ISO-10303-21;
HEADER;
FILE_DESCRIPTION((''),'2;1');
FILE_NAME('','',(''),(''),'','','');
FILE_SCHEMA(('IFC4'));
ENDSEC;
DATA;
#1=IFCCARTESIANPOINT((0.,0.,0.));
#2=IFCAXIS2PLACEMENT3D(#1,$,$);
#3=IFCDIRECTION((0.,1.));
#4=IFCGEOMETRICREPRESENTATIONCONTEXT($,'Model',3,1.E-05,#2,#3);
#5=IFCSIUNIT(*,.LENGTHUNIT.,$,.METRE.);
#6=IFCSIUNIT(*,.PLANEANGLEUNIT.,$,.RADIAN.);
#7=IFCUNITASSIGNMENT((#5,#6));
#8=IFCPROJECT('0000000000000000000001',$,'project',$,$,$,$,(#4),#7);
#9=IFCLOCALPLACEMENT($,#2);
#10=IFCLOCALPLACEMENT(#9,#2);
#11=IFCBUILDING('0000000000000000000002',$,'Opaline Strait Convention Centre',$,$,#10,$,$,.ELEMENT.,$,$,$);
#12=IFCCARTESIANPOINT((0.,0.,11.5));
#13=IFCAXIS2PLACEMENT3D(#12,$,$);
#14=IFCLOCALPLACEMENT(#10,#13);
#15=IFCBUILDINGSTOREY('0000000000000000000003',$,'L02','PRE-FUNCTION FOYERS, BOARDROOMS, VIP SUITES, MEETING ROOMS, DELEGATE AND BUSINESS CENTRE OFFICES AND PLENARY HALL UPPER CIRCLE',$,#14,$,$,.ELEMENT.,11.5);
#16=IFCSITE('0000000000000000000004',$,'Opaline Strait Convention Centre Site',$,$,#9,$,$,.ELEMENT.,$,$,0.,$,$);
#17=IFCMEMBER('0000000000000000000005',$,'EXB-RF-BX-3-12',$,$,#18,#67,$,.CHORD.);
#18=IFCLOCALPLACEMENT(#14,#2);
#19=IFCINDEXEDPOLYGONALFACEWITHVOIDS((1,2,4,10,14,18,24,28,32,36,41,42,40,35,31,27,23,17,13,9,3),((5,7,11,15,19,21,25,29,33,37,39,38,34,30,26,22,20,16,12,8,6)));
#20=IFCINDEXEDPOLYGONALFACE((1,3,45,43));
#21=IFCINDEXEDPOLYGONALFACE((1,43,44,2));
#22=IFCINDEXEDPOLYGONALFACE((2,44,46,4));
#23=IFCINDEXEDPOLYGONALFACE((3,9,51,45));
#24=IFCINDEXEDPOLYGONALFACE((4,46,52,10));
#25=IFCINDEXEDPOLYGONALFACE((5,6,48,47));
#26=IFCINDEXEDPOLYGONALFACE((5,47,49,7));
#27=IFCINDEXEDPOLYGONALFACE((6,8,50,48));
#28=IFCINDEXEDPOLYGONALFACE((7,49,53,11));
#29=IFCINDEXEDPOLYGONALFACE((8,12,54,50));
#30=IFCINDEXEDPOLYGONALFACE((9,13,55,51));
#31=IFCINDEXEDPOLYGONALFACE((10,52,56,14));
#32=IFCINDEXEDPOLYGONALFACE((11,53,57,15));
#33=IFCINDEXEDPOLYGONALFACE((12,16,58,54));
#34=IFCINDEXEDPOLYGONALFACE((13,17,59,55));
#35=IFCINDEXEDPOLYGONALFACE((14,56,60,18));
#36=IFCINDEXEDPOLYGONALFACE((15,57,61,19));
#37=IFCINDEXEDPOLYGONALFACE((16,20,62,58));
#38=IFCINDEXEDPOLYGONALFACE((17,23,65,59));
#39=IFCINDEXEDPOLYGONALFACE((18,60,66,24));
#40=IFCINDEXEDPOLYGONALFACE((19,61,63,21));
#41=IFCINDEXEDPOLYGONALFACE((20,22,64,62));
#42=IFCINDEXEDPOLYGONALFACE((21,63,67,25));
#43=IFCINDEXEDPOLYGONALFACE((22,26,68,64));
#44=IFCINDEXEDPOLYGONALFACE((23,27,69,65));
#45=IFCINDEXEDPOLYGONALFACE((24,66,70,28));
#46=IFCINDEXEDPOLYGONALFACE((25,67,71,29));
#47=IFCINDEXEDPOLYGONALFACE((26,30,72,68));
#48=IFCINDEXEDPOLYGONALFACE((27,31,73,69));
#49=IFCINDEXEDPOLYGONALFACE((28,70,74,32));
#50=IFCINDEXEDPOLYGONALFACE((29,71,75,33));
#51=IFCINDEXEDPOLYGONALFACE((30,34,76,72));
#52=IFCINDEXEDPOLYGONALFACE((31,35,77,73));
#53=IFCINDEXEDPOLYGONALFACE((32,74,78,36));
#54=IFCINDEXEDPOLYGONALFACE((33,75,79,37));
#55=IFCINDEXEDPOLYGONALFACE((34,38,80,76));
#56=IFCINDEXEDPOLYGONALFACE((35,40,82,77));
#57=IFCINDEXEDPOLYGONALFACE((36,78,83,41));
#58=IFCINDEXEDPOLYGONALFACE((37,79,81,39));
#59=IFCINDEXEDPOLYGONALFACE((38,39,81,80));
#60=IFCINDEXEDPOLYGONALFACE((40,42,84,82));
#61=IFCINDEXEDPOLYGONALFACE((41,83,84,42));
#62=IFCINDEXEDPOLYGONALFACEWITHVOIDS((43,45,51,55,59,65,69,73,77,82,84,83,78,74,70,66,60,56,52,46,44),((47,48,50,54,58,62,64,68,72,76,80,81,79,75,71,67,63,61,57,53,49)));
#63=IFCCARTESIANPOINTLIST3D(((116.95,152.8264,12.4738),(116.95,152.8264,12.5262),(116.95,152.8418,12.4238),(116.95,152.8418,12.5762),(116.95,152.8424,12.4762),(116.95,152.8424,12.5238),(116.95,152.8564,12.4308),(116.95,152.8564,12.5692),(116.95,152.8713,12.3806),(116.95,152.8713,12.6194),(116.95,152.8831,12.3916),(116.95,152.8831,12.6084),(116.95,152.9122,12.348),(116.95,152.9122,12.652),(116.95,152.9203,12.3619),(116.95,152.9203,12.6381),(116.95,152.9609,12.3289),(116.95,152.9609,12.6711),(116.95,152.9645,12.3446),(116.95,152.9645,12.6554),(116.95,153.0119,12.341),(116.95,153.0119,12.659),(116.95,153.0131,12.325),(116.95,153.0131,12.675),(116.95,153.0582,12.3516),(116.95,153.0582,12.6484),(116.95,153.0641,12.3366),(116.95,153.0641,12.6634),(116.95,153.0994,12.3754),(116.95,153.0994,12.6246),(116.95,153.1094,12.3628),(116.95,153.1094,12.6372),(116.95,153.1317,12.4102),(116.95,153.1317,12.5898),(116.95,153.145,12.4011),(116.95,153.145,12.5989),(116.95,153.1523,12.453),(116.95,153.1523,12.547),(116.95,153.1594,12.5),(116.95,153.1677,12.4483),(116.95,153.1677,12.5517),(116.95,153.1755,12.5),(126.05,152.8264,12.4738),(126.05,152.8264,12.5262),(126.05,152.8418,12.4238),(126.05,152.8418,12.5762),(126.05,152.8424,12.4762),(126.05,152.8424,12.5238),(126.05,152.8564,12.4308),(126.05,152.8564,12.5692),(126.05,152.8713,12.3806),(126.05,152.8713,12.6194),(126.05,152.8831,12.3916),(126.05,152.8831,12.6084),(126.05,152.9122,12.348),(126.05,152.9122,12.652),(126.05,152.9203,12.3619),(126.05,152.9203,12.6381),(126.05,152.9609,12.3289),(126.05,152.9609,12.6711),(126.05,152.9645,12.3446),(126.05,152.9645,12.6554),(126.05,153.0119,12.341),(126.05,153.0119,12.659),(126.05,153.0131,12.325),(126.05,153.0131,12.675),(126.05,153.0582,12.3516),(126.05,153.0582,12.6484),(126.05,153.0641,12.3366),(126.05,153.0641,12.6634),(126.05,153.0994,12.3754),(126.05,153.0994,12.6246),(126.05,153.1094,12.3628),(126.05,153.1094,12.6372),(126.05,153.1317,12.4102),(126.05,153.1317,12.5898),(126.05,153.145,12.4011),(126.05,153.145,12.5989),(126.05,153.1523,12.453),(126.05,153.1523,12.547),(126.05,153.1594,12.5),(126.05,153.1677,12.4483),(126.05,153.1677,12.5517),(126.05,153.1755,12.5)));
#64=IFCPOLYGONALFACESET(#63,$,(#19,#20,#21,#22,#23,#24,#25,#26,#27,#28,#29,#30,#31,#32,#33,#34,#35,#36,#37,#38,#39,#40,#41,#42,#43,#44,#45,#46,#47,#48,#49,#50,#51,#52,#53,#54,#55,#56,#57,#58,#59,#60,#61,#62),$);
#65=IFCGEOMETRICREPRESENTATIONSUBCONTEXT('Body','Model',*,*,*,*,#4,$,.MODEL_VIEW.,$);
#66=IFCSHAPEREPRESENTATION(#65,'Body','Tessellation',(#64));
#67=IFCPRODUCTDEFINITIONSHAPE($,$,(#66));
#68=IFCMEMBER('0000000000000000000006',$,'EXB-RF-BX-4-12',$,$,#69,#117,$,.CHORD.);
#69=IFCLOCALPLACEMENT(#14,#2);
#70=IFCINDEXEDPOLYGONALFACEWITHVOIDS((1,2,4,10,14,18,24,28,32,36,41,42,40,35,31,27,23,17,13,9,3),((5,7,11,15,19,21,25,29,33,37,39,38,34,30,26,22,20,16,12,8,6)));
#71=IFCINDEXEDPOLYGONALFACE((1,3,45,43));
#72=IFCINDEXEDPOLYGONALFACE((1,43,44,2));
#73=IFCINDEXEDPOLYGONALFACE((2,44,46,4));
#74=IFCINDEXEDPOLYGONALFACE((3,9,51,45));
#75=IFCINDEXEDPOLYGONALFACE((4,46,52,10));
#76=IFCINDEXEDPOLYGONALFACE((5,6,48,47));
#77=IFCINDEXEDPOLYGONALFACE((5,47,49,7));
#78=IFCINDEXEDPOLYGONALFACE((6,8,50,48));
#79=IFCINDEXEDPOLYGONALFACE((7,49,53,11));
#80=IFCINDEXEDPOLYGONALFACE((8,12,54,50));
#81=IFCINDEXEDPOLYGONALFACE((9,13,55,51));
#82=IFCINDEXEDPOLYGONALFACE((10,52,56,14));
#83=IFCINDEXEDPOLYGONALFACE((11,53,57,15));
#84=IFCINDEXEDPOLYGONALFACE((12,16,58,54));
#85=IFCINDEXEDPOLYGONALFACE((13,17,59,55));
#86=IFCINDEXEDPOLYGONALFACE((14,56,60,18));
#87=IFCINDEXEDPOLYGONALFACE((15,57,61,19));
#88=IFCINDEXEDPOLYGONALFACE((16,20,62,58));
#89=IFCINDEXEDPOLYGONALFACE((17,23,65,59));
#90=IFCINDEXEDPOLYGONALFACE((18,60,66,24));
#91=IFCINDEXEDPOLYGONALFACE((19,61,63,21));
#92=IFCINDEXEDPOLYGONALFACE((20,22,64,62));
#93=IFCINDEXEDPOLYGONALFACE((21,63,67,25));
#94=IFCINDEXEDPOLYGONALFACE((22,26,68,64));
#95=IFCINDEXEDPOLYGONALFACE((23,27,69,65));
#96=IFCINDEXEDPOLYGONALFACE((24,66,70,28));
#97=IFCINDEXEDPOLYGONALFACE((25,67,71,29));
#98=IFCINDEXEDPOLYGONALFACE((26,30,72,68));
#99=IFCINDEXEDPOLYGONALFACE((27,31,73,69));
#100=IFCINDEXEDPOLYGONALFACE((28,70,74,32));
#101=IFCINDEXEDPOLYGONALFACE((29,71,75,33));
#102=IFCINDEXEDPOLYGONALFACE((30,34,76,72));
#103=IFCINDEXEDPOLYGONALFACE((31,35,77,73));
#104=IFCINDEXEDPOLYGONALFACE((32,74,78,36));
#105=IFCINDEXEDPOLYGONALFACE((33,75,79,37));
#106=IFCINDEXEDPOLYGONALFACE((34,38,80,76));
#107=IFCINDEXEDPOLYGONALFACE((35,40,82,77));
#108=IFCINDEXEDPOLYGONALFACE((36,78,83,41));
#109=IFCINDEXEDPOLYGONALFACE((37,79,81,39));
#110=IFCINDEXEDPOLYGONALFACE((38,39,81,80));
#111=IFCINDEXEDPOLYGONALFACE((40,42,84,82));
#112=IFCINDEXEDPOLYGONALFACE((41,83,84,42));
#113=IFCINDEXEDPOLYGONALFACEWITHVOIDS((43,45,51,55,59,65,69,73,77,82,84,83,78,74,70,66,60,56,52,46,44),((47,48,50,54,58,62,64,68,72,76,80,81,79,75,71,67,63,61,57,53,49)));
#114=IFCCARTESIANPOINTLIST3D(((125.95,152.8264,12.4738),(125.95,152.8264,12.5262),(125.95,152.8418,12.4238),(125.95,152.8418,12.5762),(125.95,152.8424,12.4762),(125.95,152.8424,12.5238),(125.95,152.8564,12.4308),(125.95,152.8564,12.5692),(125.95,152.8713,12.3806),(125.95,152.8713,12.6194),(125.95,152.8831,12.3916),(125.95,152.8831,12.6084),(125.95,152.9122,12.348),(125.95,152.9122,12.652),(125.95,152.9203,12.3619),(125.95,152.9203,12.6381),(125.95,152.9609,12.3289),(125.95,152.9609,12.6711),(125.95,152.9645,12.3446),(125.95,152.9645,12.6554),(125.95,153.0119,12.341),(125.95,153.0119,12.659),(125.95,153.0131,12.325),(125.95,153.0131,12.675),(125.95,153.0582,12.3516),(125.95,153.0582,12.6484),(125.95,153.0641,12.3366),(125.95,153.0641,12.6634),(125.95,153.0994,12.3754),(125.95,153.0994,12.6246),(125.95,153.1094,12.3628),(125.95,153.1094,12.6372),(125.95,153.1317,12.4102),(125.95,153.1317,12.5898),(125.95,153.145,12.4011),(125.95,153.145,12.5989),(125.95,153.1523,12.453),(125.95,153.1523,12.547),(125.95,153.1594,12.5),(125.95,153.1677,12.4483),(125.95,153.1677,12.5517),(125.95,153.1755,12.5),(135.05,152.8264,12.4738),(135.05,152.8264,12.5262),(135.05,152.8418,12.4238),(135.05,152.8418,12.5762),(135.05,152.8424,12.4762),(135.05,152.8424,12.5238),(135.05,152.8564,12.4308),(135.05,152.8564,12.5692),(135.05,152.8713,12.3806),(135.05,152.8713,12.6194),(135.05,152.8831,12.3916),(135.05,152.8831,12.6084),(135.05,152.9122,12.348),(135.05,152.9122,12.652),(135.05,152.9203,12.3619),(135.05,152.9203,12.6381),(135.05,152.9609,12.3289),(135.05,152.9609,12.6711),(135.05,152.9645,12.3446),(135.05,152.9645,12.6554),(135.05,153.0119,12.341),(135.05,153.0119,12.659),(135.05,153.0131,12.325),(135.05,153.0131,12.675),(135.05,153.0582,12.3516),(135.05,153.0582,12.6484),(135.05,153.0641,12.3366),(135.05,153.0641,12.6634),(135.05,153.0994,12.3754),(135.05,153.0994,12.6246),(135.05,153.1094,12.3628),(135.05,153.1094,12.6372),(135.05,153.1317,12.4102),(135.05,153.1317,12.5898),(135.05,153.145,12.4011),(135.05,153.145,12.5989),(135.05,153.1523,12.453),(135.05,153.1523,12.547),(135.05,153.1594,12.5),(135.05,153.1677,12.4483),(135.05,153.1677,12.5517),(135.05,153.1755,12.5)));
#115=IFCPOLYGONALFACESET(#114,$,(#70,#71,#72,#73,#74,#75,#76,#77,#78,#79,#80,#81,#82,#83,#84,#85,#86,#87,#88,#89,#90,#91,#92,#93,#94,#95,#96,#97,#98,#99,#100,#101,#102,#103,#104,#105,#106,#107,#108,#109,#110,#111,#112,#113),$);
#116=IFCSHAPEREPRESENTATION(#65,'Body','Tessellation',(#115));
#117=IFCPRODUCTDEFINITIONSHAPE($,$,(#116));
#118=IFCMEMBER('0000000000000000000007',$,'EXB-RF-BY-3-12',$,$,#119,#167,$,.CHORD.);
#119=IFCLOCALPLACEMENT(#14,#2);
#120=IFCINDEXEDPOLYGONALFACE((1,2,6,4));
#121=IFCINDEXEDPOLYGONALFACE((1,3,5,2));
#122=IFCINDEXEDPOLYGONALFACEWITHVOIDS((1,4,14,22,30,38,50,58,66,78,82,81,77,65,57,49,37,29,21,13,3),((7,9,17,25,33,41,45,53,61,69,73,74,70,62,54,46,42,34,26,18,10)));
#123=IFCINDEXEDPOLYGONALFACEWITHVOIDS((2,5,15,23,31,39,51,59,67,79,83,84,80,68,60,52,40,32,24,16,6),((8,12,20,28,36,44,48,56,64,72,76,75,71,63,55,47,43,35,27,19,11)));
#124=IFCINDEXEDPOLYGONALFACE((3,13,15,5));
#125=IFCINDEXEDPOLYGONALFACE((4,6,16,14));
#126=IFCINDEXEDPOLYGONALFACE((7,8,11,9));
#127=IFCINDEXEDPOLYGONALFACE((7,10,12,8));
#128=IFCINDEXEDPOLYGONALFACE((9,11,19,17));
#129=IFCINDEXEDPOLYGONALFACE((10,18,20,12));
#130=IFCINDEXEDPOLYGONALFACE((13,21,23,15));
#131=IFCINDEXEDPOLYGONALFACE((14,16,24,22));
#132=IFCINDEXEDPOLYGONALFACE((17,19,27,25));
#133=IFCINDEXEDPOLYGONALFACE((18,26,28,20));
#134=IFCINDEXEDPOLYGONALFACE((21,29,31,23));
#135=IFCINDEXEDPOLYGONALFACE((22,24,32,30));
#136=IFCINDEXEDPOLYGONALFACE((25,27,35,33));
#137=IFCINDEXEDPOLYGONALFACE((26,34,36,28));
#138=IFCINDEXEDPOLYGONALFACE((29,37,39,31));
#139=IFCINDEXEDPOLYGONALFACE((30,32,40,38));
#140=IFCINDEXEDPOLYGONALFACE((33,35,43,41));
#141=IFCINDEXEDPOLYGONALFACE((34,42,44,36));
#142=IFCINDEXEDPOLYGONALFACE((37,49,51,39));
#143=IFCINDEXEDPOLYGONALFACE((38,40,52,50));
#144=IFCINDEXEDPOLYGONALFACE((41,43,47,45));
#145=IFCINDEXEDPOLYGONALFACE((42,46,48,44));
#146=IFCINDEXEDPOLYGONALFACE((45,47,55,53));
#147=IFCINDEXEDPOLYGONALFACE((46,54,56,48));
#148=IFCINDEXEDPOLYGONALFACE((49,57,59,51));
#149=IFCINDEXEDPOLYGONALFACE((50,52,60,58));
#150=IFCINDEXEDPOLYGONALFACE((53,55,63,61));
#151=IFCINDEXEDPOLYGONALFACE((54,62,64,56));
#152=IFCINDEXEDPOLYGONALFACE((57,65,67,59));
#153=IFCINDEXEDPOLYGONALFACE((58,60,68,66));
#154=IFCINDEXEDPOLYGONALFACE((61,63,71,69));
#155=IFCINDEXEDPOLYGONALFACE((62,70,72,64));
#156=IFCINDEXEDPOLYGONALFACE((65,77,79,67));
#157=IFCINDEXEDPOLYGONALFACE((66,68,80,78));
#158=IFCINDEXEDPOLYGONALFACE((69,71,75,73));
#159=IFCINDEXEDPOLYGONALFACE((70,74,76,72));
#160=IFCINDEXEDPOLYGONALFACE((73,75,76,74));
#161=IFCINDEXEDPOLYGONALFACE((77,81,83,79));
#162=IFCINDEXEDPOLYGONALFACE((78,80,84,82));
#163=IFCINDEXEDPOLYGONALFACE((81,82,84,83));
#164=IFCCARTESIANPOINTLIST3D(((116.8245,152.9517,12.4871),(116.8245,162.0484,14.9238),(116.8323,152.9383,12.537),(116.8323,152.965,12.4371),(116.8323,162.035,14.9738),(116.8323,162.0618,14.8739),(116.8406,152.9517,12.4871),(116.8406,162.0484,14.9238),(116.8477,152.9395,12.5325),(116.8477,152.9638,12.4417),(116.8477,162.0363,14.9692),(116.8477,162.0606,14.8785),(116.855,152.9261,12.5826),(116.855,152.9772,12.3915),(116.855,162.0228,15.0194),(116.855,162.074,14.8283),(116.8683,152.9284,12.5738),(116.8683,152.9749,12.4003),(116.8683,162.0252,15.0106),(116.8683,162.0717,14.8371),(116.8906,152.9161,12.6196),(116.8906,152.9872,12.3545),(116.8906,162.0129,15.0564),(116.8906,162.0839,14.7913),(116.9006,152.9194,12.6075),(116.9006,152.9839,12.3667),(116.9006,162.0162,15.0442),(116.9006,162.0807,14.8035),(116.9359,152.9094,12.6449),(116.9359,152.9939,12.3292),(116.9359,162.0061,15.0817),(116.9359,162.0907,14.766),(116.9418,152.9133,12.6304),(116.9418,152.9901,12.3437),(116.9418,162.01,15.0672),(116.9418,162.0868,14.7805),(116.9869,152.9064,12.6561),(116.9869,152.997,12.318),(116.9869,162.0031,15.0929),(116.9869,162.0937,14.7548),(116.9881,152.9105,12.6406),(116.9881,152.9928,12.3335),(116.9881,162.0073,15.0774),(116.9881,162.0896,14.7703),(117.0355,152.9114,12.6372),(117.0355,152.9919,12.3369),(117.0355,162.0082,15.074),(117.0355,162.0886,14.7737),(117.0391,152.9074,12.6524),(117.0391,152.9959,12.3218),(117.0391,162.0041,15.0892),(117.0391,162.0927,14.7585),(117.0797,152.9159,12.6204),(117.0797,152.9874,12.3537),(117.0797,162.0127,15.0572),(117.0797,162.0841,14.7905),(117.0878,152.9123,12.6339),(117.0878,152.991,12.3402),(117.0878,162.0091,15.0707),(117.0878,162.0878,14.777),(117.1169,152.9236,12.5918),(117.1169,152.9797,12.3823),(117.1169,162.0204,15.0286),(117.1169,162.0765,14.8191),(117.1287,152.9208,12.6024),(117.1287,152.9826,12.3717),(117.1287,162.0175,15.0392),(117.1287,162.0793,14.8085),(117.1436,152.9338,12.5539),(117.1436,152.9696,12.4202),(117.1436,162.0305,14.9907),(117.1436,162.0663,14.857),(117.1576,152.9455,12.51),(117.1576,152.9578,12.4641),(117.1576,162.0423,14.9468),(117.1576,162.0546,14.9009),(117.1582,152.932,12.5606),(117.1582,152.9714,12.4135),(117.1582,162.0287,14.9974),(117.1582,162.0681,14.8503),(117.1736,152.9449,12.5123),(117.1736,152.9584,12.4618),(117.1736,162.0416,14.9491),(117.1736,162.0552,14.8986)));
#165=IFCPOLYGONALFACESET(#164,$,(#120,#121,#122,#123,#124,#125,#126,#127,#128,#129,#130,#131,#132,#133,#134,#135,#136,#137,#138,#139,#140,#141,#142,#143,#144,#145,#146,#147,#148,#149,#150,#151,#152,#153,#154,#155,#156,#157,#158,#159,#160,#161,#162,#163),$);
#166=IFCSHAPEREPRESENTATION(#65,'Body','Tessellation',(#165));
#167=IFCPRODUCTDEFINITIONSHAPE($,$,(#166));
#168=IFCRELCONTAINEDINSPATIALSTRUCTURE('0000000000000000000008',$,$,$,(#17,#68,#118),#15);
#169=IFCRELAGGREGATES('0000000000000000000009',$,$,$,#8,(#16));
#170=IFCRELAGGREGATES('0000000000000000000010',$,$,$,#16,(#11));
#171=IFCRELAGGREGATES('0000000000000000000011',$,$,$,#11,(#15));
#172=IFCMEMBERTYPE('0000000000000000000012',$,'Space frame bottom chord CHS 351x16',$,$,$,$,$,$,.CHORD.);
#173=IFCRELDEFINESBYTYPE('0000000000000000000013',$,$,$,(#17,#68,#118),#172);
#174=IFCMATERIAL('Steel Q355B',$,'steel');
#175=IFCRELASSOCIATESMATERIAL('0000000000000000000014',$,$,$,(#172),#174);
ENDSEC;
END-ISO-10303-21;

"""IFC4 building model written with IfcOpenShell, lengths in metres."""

from ifc_helpers import new_model, si_unit, direction, frame, origin, origin_2d, place, context, subcontext, project, spatial, hollow_circle, extrude, material, material_profile, profile_set, type_object, element, save


model = new_model("IFC4")

# Units and contexts
model_context = context("Model", 3, precision=1e-05, world=origin(), true_north=direction((0.0, 1.0)))
body_context = subcontext(model_context, "Body", "Model", "MODEL_VIEW")
ifc_project = project(units=[si_unit("LENGTHUNIT", "METRE"), si_unit("PLANEANGLEUNIT", "RADIAN")], contexts=[model_context])

# Site, building, storey
site_placement = place(None, origin())
site = spatial("IfcSite", under=ifc_project, at=site_placement, Name="Opaline Strait Convention Centre Site", CompositionType="ELEMENT", RefElevation=0.0)
building_placement = place(site_placement, origin())
building = spatial("IfcBuilding", under=site, at=building_placement, Name="Opaline Strait Convention Centre", CompositionType="ELEMENT")
storey_placement = place(building_placement, frame((0.0, 0.0, 11.5)))
storey = spatial("IfcBuildingStorey", under=building, at=storey_placement, Name="L02", Description="PRE-FUNCTION FOYERS, BOARDROOMS, VIP SUITES, MEETING ROOMS, DELEGATE AND BUSINESS CENTRE OFFICES AND PLENARY HALL UPPER CIRCLE", CompositionType="ELEMENT", Elevation=11.5)

# Members
ifc_material_1 = material(Name="Steel Q355B", Category="steel")
ifc_material_profile_1 = material_profile(ifc_material_1, hollow_circle(Radius=0.1755, WallThickness=0.0161, at=origin_2d()), Name="CHS 351x16")
ifc_profile_set_1 = profile_set([ifc_material_profile_1], Name="Steel Q355B")
member_type_1 = type_object("IfcMemberType", Name="Space frame bottom chord CHS 351x16", PredefinedType="CHORD", material=ifc_profile_set_1)
for number, where, z_axis, x_axis, name in (
    (1, (116.95, 153.0, 12.5), (1.0, 0.0, 0.0), (0.0, 1.0, 0.0), "EXB-RF-BX-3-12"),
    (2, (125.95, 153.0, 12.5), (1.0, 0.0, 0.0), (0.0, 1.0, 0.0), "EXB-RF-BX-4-12"),
):
    element("IfcMember", number, at=place(storey_placement, frame(where, z_axis=z_axis, x_axis=x_axis)), inside=storey, type_object=member_type_1, Name=name, PredefinedType="CHORD", context=body_context, shape_type="SweptSolid", body=[
        extrude(hollow_circle(Radius=0.1755, WallThickness=0.0161, at=origin_2d()), origin(), (0.0, 0.0, 1.0), 9.1001),
    ])
member_1_placement = place(storey_placement, frame((117.0, 152.9517, 12.4871), z_axis=(0.0, 0.965944, 0.258752), x_axis=(-1.0, 0.0, 0.0)))
element("IfcMember", 3, at=member_1_placement, inside=storey, type_object=member_type_1, Name="EXB-RF-BY-3-12", PredefinedType="CHORD", context=body_context, shape_type="SweptSolid", body=[
    extrude(hollow_circle(Radius=0.1755, WallThickness=0.0161, at=origin_2d()), origin(), (0.0, 0.0, 1.0), 9.4175),
])

save(model, "model.ifc")
